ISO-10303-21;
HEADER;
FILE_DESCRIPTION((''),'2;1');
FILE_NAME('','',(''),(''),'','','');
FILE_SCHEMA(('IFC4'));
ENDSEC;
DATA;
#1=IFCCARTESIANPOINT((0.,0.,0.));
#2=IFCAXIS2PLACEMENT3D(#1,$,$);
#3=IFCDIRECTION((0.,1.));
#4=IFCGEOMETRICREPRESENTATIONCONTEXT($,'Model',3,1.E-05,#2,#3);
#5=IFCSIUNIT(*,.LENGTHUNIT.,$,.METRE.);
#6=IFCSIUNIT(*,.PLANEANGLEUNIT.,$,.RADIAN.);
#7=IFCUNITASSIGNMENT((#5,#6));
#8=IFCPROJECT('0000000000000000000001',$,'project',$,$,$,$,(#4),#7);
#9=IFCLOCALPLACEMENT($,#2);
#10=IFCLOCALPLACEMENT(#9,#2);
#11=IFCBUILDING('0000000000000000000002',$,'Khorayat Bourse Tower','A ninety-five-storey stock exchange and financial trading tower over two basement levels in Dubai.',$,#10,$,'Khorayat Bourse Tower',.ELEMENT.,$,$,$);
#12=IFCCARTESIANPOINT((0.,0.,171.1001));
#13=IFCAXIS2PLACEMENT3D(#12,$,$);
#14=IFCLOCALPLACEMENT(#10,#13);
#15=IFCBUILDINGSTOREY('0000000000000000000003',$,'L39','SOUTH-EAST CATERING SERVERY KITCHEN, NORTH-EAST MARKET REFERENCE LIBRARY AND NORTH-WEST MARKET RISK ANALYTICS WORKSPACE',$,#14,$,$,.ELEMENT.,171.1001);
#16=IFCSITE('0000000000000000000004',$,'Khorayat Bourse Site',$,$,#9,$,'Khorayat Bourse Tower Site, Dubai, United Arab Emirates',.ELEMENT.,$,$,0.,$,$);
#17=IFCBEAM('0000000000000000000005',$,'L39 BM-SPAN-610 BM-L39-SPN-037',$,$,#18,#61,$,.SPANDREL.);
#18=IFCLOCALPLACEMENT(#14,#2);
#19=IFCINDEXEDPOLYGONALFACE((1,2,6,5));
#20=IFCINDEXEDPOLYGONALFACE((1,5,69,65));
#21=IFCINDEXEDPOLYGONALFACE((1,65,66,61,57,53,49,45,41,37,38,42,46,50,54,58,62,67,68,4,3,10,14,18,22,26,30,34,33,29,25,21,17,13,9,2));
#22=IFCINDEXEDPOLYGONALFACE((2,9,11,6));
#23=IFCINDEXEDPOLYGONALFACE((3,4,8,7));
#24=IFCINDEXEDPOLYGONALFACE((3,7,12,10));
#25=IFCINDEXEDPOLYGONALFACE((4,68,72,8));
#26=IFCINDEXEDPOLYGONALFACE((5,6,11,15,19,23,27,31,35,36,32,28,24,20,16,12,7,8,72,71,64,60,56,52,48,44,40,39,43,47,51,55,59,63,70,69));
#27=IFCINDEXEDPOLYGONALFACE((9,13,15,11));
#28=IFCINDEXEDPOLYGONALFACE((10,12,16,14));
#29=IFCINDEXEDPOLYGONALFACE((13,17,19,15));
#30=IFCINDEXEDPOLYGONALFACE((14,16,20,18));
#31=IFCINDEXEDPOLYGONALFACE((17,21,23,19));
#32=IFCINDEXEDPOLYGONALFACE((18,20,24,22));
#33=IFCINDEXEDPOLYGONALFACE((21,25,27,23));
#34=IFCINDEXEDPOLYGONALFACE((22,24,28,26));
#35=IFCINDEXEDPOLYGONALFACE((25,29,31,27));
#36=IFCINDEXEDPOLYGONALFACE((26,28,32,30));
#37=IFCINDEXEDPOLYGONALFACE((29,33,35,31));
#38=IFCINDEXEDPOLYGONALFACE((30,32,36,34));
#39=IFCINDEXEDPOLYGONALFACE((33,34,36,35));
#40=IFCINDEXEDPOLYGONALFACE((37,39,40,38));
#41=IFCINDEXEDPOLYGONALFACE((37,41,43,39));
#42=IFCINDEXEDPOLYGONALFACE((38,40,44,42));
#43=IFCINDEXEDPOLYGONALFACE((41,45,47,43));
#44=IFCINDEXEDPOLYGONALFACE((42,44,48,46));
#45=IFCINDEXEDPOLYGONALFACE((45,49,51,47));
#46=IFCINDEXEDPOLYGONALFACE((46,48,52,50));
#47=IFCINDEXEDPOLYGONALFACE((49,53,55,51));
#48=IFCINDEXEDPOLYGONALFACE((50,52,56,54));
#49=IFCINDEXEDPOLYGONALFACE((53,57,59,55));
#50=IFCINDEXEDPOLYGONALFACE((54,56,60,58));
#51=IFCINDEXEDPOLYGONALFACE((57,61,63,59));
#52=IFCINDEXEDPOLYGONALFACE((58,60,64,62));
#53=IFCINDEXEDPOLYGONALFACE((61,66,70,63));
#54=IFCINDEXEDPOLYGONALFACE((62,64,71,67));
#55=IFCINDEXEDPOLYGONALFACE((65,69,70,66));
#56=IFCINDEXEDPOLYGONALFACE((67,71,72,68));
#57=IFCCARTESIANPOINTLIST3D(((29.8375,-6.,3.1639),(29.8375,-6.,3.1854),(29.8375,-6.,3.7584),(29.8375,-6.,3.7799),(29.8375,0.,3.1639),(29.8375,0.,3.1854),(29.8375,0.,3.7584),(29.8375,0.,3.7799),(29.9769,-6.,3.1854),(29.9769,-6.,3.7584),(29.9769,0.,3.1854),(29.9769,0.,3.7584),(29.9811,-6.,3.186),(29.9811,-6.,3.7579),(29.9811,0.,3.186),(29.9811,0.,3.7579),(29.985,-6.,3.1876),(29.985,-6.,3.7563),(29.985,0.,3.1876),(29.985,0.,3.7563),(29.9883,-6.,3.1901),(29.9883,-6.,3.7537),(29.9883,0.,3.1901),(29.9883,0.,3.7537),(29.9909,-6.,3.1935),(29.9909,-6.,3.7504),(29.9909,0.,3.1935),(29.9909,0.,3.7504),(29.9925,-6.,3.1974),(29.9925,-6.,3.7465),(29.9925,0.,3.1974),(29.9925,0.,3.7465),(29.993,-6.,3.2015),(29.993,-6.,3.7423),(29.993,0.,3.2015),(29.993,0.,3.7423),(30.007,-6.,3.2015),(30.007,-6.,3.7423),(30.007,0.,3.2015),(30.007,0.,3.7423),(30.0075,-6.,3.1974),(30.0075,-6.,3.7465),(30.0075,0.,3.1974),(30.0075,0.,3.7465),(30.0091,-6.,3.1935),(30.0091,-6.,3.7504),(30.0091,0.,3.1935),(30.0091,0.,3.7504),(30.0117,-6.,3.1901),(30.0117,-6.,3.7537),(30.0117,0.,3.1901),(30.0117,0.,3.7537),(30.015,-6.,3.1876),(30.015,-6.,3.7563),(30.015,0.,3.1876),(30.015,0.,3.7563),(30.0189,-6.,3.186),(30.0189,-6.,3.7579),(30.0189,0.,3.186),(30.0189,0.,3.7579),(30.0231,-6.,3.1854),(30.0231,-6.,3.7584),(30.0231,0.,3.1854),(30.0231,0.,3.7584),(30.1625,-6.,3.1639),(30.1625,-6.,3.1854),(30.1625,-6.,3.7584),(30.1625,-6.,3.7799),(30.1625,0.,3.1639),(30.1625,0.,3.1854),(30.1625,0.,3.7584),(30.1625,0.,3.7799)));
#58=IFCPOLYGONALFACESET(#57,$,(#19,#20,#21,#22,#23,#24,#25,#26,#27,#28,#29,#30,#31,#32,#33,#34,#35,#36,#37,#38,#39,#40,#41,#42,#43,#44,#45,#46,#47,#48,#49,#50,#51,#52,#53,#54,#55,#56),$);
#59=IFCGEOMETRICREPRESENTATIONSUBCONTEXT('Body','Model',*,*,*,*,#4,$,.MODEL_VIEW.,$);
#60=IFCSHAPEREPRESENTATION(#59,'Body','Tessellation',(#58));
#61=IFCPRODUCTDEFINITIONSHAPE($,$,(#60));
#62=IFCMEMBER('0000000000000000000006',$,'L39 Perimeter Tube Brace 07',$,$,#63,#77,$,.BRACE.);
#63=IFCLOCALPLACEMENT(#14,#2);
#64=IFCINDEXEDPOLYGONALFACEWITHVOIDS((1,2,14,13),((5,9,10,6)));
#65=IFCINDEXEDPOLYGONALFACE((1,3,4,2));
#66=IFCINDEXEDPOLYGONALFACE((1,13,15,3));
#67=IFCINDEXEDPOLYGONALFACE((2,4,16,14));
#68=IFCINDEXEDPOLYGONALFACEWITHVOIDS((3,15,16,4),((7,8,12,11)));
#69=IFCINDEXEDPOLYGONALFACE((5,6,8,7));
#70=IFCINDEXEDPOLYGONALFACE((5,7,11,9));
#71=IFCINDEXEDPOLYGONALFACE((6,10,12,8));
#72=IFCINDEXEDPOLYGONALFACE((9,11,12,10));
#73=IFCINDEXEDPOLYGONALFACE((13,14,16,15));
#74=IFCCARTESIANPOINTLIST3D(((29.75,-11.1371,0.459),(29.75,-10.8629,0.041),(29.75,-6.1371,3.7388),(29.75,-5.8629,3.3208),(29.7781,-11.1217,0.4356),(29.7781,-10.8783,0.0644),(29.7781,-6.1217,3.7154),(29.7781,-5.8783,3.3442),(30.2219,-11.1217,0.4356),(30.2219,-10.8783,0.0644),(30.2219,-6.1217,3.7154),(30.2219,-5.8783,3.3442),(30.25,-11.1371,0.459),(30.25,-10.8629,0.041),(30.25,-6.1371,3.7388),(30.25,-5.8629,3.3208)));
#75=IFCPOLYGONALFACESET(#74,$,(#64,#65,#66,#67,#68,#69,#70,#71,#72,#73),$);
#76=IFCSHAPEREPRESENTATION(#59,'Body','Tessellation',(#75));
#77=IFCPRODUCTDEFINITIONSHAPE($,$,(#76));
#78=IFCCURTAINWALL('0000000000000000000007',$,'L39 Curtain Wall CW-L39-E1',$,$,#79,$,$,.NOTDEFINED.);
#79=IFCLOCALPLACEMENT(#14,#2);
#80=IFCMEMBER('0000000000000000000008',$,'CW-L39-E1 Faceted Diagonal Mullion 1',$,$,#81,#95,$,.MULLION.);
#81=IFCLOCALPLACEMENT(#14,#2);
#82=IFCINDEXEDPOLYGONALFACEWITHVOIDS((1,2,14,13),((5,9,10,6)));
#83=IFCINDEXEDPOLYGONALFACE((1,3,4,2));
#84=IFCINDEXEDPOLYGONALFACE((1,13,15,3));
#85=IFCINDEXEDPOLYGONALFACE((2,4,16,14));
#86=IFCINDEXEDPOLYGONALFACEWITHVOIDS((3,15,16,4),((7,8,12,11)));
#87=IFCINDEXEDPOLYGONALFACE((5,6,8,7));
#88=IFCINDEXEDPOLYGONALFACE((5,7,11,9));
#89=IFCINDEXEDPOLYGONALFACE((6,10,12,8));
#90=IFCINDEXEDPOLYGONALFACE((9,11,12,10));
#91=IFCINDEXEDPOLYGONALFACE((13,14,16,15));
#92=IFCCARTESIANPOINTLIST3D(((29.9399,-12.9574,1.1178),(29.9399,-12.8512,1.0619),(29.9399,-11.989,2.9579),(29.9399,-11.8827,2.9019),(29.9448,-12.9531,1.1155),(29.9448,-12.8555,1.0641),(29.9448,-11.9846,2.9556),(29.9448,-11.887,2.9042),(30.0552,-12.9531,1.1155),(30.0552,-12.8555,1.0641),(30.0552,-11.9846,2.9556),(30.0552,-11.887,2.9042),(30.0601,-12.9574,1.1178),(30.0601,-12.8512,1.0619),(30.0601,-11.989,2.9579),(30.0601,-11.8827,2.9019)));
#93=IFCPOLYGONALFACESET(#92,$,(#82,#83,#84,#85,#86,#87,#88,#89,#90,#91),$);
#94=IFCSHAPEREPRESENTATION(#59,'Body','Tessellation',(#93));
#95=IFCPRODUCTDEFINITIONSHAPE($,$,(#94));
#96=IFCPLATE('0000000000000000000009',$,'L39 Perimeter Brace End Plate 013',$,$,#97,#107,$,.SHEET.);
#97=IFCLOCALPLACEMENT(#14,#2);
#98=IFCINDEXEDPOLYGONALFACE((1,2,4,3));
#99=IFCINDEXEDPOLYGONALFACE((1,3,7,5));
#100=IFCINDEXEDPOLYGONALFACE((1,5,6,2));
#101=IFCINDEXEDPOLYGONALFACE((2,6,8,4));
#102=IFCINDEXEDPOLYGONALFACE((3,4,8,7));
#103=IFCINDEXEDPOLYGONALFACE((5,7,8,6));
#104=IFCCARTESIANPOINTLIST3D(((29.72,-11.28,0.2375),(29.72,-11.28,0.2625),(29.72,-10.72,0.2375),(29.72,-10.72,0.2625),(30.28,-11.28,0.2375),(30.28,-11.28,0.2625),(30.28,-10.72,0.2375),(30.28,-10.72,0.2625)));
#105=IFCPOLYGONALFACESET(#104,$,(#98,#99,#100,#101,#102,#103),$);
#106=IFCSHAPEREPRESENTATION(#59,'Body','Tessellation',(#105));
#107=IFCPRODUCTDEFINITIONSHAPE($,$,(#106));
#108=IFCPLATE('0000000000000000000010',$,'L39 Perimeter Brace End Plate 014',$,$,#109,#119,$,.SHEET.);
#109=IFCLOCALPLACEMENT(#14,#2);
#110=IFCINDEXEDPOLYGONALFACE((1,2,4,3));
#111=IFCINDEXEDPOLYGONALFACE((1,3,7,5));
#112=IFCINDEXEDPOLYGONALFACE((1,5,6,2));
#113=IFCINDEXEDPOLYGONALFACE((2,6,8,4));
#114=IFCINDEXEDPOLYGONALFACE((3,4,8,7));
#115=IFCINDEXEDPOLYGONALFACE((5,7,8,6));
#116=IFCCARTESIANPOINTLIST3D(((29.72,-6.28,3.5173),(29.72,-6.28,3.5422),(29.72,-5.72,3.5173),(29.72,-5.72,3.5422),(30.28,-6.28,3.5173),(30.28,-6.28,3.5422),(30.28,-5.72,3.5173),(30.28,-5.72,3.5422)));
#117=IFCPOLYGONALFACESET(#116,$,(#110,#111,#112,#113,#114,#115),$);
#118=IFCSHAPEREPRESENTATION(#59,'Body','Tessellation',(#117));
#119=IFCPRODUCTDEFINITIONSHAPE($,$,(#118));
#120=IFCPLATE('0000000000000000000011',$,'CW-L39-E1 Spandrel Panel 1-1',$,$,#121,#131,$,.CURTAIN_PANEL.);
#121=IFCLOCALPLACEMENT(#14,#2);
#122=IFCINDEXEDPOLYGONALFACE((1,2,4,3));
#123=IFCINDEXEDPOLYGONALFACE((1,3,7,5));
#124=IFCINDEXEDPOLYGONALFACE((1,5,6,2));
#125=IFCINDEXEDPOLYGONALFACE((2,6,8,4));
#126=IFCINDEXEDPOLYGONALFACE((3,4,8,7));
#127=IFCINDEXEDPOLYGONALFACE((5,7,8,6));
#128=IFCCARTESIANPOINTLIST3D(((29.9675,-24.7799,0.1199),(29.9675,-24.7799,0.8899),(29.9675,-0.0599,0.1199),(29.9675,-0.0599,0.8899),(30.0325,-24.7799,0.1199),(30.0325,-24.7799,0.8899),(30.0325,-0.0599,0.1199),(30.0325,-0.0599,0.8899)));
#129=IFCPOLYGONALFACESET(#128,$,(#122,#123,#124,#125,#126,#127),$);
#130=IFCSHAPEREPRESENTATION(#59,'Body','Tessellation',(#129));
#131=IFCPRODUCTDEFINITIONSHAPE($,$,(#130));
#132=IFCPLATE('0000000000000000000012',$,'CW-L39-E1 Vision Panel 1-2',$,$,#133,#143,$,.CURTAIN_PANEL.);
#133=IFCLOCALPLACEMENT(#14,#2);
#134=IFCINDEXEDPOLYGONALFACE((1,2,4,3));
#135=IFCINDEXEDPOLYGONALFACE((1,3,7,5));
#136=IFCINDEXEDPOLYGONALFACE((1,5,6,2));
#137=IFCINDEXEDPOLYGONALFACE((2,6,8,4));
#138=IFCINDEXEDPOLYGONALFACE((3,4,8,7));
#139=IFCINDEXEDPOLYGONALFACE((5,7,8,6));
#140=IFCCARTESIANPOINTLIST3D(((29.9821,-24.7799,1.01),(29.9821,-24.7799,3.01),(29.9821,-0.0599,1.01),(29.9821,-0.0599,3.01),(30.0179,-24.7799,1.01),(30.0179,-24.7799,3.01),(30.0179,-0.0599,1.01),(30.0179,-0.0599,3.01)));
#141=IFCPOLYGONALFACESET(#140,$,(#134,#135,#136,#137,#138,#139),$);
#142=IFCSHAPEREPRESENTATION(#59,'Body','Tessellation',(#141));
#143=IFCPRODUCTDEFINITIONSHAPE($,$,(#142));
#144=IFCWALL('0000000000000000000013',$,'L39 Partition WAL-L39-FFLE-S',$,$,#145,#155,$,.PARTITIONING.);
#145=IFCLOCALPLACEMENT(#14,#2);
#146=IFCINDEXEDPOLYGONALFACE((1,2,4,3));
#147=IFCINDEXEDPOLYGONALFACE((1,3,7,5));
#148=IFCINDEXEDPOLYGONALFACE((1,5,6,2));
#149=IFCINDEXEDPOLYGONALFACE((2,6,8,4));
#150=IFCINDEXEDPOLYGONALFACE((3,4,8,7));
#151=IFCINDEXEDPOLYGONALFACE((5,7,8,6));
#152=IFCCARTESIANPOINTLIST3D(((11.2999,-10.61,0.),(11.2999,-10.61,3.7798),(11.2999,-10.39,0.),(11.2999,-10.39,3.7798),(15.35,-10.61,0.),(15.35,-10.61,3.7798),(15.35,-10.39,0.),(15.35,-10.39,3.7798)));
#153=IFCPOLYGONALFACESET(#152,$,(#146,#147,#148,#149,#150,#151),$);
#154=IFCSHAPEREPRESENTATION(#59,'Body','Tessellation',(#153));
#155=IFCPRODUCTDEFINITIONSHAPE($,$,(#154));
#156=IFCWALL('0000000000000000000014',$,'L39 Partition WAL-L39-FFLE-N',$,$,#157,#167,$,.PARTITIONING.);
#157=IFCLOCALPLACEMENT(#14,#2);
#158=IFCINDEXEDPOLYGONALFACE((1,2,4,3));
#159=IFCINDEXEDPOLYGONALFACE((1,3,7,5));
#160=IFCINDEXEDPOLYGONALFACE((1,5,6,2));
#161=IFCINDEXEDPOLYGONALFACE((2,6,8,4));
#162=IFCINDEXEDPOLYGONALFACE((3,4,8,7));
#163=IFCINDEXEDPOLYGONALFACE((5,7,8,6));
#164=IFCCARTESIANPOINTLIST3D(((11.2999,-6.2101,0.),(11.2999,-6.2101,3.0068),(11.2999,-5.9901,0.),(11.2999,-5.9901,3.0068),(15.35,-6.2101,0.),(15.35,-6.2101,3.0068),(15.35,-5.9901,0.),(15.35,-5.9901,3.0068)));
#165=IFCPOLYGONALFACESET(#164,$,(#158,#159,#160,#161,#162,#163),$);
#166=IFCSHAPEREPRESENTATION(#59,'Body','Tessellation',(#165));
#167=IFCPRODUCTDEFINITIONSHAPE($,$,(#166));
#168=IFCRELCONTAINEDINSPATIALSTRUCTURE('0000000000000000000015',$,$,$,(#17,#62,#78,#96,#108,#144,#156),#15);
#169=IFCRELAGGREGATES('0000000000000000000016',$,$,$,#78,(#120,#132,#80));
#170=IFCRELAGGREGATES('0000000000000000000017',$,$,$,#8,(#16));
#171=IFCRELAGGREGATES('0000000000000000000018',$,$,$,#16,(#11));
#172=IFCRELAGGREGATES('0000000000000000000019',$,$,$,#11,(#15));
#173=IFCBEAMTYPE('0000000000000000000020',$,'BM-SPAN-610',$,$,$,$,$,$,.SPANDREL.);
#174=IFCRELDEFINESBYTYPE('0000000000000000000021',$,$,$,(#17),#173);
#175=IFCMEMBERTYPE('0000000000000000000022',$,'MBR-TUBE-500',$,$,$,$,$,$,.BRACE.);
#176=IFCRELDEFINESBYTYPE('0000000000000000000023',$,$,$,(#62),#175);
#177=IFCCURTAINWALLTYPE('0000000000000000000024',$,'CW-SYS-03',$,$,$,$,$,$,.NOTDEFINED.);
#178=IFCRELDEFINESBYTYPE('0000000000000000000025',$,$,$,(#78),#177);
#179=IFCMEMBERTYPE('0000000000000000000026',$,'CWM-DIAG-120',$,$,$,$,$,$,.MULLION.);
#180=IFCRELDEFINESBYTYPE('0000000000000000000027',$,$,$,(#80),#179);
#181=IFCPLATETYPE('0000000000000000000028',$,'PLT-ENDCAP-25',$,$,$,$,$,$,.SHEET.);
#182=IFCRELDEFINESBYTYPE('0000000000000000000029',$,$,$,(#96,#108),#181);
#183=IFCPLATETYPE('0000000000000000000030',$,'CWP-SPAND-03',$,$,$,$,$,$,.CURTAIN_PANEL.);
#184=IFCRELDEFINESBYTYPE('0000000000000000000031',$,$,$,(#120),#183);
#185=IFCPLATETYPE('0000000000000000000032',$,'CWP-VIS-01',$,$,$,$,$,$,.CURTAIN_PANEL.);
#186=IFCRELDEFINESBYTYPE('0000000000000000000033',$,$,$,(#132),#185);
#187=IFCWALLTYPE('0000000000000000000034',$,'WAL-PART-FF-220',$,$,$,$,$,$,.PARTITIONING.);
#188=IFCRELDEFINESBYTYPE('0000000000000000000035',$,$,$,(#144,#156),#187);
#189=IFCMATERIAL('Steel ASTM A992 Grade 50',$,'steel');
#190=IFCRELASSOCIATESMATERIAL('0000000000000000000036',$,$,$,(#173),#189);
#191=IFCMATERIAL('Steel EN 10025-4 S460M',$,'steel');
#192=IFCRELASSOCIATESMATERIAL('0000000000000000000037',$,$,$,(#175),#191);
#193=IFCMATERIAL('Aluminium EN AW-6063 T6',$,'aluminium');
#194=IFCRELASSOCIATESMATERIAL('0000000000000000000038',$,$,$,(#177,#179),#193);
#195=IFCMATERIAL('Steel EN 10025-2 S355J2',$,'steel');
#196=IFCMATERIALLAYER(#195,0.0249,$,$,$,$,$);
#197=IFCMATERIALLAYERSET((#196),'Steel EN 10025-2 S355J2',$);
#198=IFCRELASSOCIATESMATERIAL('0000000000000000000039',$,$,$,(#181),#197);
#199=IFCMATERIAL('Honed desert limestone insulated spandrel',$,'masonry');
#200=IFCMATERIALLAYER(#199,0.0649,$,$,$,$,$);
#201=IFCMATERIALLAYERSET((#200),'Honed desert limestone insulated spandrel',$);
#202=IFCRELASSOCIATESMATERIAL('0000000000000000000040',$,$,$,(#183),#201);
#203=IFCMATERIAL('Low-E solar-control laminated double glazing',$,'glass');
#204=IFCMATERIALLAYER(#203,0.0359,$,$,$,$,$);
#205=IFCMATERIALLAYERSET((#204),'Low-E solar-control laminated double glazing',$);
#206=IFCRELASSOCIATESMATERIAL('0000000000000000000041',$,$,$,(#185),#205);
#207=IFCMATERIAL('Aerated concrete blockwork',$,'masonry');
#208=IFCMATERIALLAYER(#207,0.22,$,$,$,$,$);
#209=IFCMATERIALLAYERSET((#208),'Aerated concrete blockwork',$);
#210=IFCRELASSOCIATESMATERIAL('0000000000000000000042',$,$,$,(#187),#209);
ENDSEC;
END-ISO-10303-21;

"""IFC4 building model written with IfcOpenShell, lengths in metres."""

from ifc_helpers import new_model, si_unit, direction, frame, frame_2d, origin, origin_2d, place, context, subcontext, project, spatial, rectangle, hollow_rectangle, i_section, extrude, source, transform, mapped, material, layer, layer_set, material_profile, profile_set, type_object, element, aggregate, save


model = new_model("IFC4")

# Units and contexts
model_context = context("Model", 3, precision=1e-05, world=origin(), true_north=direction((0.0, 1.0)))
body_context = subcontext(model_context, "Body", "Model", "MODEL_VIEW")
ifc_project = project(units=[si_unit("LENGTHUNIT", "METRE"), si_unit("PLANEANGLEUNIT", "RADIAN")], contexts=[model_context])

# Site, building, storey
site_placement = place(None, origin())
site = spatial("IfcSite", under=ifc_project, at=site_placement, Name="Khorayat Bourse Site", LongName="Khorayat Bourse Tower Site, Dubai, United Arab Emirates", CompositionType="ELEMENT", RefElevation=0.0)
building_placement = place(site_placement, origin())
building = spatial("IfcBuilding", under=site, at=building_placement, Name="Khorayat Bourse Tower", Description="A ninety-five-storey stock exchange and financial trading tower over two basement levels in Dubai.", LongName="Khorayat Bourse Tower", CompositionType="ELEMENT")
storey_placement = place(building_placement, frame((0.0, 0.0, 171.1001)))
storey = spatial("IfcBuildingStorey", under=building, at=storey_placement, Name="L39", Description="SOUTH-EAST CATERING SERVERY KITCHEN, NORTH-EAST MARKET REFERENCE LIBRARY AND NORTH-WEST MARKET RISK ANALYTICS WORKSPACE", CompositionType="ELEMENT", Elevation=171.1001)

# Shared definitions
ifc_material_1 = material(Name="Steel EN 10025-4 S460M", Category="steel")

# Beam
ifc_material_2 = material(Name="Steel ASTM A992 Grade 50", Category="steel")
ifc_material_profile_1 = material_profile(ifc_material_2, i_section(OverallWidth=0.325, OverallDepth=0.616, WebThickness=0.0139, FlangeThickness=0.0215, FilletRadius=0.0161, at=origin_2d()), Name="W610X174")
ifc_profile_set_1 = profile_set([ifc_material_profile_1], Name="Steel ASTM A992 Grade 50")
beam_type_1 = type_object("IfcBeamType", Name="BM-SPAN-610", PredefinedType="SPANDREL", material=ifc_profile_set_1)
shared_shape_1 = source(origin(), body_context, "Body", "SweptSolid", [
    extrude(i_section(OverallWidth=0.325, OverallDepth=0.616, WebThickness=0.0139, FlangeThickness=0.0215, FilletRadius=0.0161, at=origin_2d()), origin(), (0.0, 0.0, 1.0), 6.0),
])
beam_1_placement = place(storey_placement, frame((30.0, -6.0, 3.4719), z_axis=(0.0, 1.0, 0.0), x_axis=(-1.0, 0.0, 0.0)))
element("IfcBeam", 1, at=beam_1_placement, inside=storey, type_object=beam_type_1, Name="L39 BM-SPAN-610 BM-L39-SPN-037", PredefinedType="SPANDREL", context=body_context, shape_type="MappedRepresentation", body=[
    mapped(shared_shape_1, transform((0.0, 0.0, 0.0), scale=1.0)),
])

# Member
ifc_material_profile_2 = material_profile(ifc_material_1, hollow_rectangle(XDim=0.5, YDim=0.5, WallThickness=0.0281, at=origin_2d()), Name="HSS 500x500x28")
ifc_profile_set_2 = profile_set([ifc_material_profile_2], Name="Steel EN 10025-4 S460M")
member_type_1 = type_object("IfcMemberType", Name="MBR-TUBE-500", PredefinedType="BRACE", material=ifc_profile_set_2)
shared_shape_2 = source(origin(), body_context, "Body", "SweptSolid", [
    extrude(hollow_rectangle(XDim=0.5, YDim=0.5, WallThickness=0.0281, at=origin_2d()), origin(), (0.0, 0.0, 1.0), 5.9797),
])
member_1_placement = place(storey_placement, frame((30.0, -11.0, 0.25), z_axis=(0.0, 0.83616, 0.548485), x_axis=(-1.0, 0.0, 0.0)))
element("IfcMember", 2, at=member_1_placement, inside=storey, type_object=member_type_1, Name="L39 Perimeter Tube Brace 07", PredefinedType="BRACE", context=body_context, shape_type="MappedRepresentation", body=[
    mapped(shared_shape_2, transform((0.0, 0.0, 0.0), scale=1.0)),
])

# Curtain wall, member
ifc_material_3 = material(Name="Aluminium EN AW-6063 T6", Category="aluminium")
curtain_wall_type = type_object("IfcCurtainWallType", Name="CW-SYS-03", PredefinedType="NOTDEFINED", material=ifc_material_3)
curtain_wall_placement = place(storey_placement, origin())
curtain_wall = element("IfcCurtainWall", 3, at=curtain_wall_placement, inside=storey, type_object=curtain_wall_type, Name="L39 Curtain Wall CW-L39-E1", PredefinedType="NOTDEFINED")
ifc_material_profile_3 = material_profile(ifc_material_3, hollow_rectangle(XDim=0.1201, YDim=0.1201, WallThickness=0.0049, at=origin_2d()), Name="ALU 120x120x5")
ifc_profile_set_3 = profile_set([ifc_material_profile_3], Name="Aluminium EN AW-6063 T6")
member_type_2 = type_object("IfcMemberType", Name="CWM-DIAG-120", PredefinedType="MULLION", material=ifc_profile_set_3)
shared_shape_3 = source(origin(), body_context, "Body", "SweptSolid", [
    extrude(hollow_rectangle(XDim=0.1201, YDim=0.1201, WallThickness=0.0049, at=origin_2d()), origin(), (0.0, 0.0, 1.0), 2.0793),
])
member_2_placement = place(storey_placement, frame((30.0, -12.9043, 1.0898), z_axis=(0.0, 0.465761, 0.884911), x_axis=(-1.0, 0.0, 0.0)))
member_2 = element("IfcMember", 4, at=member_2_placement, type_object=member_type_2, Name="CW-L39-E1 Faceted Diagonal Mullion 1", PredefinedType="MULLION", context=body_context, shape_type="MappedRepresentation", body=[
    mapped(shared_shape_3, transform((0.0, 0.0, 0.0), scale=1.0)),
])

# Plates
ifc_material_4 = material(Name="Steel EN 10025-2 S355J2", Category="steel")
ifc_layer_1 = layer(ifc_material_4, 0.0249)
ifc_layer_set_1 = layer_set([ifc_layer_1], Name="Steel EN 10025-2 S355J2")
plate_type_1 = type_object("IfcPlateType", Name="PLT-ENDCAP-25", PredefinedType="SHEET", material=ifc_layer_set_1)
shared_shape_4 = source(origin(), body_context, "Body", "SweptSolid", [
    extrude(rectangle(XDim=0.5601, YDim=0.5601, at=origin_2d()), origin(), (0.0, 0.0, 1.0), 0.0249),
])
for number, where, z_axis, x_axis, name in (
    (5, (30.0, -11.0, 0.2375), (0.0, 0.0, 1.0), (1.0, 0.0, 0.0), "L39 Perimeter Brace End Plate 013"),
    (6, (30.0, -6.0, 3.5173), (0.0, 0.0, 1.0), (1.0, 0.0, 0.0), "L39 Perimeter Brace End Plate 014"),
):
    element("IfcPlate", number, at=place(storey_placement, frame(where, z_axis=z_axis, x_axis=x_axis)), inside=storey, type_object=plate_type_1, Name=name, PredefinedType="SHEET", context=body_context, shape_type="MappedRepresentation", body=[
        mapped(shared_shape_4, transform((0.0, 0.0, 0.0), scale=1.0)),
    ])

# Plates
ifc_material_5 = material(Name="Honed desert limestone insulated spandrel", Category="masonry")
ifc_layer_2 = layer(ifc_material_5, 0.0649)
ifc_layer_set_2 = layer_set([ifc_layer_2], Name="Honed desert limestone insulated spandrel")
plate_type_2 = type_object("IfcPlateType", Name="CWP-SPAND-03", PredefinedType="CURTAIN_PANEL", material=ifc_layer_set_2)
shared_shape_5 = source(origin(), body_context, "Body", "SweptSolid", [
    extrude(rectangle(XDim=24.72, YDim=0.0649, at=origin_2d()), origin(), (0.0, 0.0, 1.0), 0.77),
])
plate_1_placement = place(storey_placement, frame((30.0, -12.4199, 0.1199), z_axis=(0.0, 0.0, 1.0), x_axis=(0.0, 1.0, 0.0)))
plate_1 = element("IfcPlate", 7, at=plate_1_placement, type_object=plate_type_2, Name="CW-L39-E1 Spandrel Panel 1-1", PredefinedType="CURTAIN_PANEL", context=body_context, shape_type="MappedRepresentation", body=[
    mapped(shared_shape_5, transform((0.0, 0.0, 0.0), scale=1.0)),
])
ifc_material_6 = material(Name="Low-E solar-control laminated double glazing", Category="glass")
ifc_layer_3 = layer(ifc_material_6, 0.0359)
ifc_layer_set_3 = layer_set([ifc_layer_3], Name="Low-E solar-control laminated double glazing")
plate_type_3 = type_object("IfcPlateType", Name="CWP-VIS-01", PredefinedType="CURTAIN_PANEL", material=ifc_layer_set_3)
shared_shape_6 = source(origin(), body_context, "Body", "SweptSolid", [
    extrude(rectangle(XDim=24.72, YDim=0.0359, at=origin_2d()), origin(), (0.0, 0.0, 1.0), 2.0),
])
plate_2_placement = place(storey_placement, frame((30.0, -12.4199, 1.01), z_axis=(0.0, 0.0, 1.0), x_axis=(0.0, 1.0, 0.0)))
plate_2 = element("IfcPlate", 8, at=plate_2_placement, type_object=plate_type_3, Name="CW-L39-E1 Vision Panel 1-2", PredefinedType="CURTAIN_PANEL", context=body_context, shape_type="MappedRepresentation", body=[
    mapped(shared_shape_6, transform((0.0, 0.0, 0.0), scale=1.0)),
])
aggregate(curtain_wall, [plate_1, plate_2, member_2])

# Walls
ifc_material_7 = material(Name="Aerated concrete blockwork", Category="masonry")
ifc_layer_4 = layer(ifc_material_7, 0.22)
ifc_layer_set_4 = layer_set([ifc_layer_4], Name="Aerated concrete blockwork")
wall_type_1 = type_object("IfcWallType", Name="WAL-PART-FF-220", PredefinedType="PARTITIONING", material=ifc_layer_set_4)
shared_shape_7 = source(origin(), body_context, "Body", "SweptSolid", [
    extrude(rectangle(XDim=4.05, YDim=0.22, at=frame_2d((2.0249, 0.0))), origin(), (0.0, 0.0, 1.0), 3.7798),
])
wall_1_placement = place(storey_placement, frame((11.3, -10.5, 0.0), z_axis=(0.0, 0.0, 1.0), x_axis=(1.0, 0.0, 0.0)))
element("IfcWall", 9, at=wall_1_placement, inside=storey, type_object=wall_type_1, Name="L39 Partition WAL-L39-FFLE-S", PredefinedType="PARTITIONING", context=body_context, shape_type="MappedRepresentation", body=[
    mapped(shared_shape_7, transform((0.0, 0.0, 0.0), scale=1.0)),
])
shared_shape_8 = source(origin(), body_context, "Body", "SweptSolid", [
    extrude(rectangle(XDim=4.05, YDim=0.22, at=frame_2d((2.0249, 0.0))), origin(), (0.0, 0.0, 1.0), 3.0068),
])
wall_2_placement = place(storey_placement, frame((11.3, -6.1001, 0.0), z_axis=(0.0, 0.0, 1.0), x_axis=(1.0, 0.0, 0.0)))
element("IfcWall", 10, at=wall_2_placement, inside=storey, type_object=wall_type_1, Name="L39 Partition WAL-L39-FFLE-N", PredefinedType="PARTITIONING", context=body_context, shape_type="MappedRepresentation", body=[
    mapped(shared_shape_8, transform((0.0, 0.0, 0.0), scale=1.0)),
])

save(model, "model.ifc")
